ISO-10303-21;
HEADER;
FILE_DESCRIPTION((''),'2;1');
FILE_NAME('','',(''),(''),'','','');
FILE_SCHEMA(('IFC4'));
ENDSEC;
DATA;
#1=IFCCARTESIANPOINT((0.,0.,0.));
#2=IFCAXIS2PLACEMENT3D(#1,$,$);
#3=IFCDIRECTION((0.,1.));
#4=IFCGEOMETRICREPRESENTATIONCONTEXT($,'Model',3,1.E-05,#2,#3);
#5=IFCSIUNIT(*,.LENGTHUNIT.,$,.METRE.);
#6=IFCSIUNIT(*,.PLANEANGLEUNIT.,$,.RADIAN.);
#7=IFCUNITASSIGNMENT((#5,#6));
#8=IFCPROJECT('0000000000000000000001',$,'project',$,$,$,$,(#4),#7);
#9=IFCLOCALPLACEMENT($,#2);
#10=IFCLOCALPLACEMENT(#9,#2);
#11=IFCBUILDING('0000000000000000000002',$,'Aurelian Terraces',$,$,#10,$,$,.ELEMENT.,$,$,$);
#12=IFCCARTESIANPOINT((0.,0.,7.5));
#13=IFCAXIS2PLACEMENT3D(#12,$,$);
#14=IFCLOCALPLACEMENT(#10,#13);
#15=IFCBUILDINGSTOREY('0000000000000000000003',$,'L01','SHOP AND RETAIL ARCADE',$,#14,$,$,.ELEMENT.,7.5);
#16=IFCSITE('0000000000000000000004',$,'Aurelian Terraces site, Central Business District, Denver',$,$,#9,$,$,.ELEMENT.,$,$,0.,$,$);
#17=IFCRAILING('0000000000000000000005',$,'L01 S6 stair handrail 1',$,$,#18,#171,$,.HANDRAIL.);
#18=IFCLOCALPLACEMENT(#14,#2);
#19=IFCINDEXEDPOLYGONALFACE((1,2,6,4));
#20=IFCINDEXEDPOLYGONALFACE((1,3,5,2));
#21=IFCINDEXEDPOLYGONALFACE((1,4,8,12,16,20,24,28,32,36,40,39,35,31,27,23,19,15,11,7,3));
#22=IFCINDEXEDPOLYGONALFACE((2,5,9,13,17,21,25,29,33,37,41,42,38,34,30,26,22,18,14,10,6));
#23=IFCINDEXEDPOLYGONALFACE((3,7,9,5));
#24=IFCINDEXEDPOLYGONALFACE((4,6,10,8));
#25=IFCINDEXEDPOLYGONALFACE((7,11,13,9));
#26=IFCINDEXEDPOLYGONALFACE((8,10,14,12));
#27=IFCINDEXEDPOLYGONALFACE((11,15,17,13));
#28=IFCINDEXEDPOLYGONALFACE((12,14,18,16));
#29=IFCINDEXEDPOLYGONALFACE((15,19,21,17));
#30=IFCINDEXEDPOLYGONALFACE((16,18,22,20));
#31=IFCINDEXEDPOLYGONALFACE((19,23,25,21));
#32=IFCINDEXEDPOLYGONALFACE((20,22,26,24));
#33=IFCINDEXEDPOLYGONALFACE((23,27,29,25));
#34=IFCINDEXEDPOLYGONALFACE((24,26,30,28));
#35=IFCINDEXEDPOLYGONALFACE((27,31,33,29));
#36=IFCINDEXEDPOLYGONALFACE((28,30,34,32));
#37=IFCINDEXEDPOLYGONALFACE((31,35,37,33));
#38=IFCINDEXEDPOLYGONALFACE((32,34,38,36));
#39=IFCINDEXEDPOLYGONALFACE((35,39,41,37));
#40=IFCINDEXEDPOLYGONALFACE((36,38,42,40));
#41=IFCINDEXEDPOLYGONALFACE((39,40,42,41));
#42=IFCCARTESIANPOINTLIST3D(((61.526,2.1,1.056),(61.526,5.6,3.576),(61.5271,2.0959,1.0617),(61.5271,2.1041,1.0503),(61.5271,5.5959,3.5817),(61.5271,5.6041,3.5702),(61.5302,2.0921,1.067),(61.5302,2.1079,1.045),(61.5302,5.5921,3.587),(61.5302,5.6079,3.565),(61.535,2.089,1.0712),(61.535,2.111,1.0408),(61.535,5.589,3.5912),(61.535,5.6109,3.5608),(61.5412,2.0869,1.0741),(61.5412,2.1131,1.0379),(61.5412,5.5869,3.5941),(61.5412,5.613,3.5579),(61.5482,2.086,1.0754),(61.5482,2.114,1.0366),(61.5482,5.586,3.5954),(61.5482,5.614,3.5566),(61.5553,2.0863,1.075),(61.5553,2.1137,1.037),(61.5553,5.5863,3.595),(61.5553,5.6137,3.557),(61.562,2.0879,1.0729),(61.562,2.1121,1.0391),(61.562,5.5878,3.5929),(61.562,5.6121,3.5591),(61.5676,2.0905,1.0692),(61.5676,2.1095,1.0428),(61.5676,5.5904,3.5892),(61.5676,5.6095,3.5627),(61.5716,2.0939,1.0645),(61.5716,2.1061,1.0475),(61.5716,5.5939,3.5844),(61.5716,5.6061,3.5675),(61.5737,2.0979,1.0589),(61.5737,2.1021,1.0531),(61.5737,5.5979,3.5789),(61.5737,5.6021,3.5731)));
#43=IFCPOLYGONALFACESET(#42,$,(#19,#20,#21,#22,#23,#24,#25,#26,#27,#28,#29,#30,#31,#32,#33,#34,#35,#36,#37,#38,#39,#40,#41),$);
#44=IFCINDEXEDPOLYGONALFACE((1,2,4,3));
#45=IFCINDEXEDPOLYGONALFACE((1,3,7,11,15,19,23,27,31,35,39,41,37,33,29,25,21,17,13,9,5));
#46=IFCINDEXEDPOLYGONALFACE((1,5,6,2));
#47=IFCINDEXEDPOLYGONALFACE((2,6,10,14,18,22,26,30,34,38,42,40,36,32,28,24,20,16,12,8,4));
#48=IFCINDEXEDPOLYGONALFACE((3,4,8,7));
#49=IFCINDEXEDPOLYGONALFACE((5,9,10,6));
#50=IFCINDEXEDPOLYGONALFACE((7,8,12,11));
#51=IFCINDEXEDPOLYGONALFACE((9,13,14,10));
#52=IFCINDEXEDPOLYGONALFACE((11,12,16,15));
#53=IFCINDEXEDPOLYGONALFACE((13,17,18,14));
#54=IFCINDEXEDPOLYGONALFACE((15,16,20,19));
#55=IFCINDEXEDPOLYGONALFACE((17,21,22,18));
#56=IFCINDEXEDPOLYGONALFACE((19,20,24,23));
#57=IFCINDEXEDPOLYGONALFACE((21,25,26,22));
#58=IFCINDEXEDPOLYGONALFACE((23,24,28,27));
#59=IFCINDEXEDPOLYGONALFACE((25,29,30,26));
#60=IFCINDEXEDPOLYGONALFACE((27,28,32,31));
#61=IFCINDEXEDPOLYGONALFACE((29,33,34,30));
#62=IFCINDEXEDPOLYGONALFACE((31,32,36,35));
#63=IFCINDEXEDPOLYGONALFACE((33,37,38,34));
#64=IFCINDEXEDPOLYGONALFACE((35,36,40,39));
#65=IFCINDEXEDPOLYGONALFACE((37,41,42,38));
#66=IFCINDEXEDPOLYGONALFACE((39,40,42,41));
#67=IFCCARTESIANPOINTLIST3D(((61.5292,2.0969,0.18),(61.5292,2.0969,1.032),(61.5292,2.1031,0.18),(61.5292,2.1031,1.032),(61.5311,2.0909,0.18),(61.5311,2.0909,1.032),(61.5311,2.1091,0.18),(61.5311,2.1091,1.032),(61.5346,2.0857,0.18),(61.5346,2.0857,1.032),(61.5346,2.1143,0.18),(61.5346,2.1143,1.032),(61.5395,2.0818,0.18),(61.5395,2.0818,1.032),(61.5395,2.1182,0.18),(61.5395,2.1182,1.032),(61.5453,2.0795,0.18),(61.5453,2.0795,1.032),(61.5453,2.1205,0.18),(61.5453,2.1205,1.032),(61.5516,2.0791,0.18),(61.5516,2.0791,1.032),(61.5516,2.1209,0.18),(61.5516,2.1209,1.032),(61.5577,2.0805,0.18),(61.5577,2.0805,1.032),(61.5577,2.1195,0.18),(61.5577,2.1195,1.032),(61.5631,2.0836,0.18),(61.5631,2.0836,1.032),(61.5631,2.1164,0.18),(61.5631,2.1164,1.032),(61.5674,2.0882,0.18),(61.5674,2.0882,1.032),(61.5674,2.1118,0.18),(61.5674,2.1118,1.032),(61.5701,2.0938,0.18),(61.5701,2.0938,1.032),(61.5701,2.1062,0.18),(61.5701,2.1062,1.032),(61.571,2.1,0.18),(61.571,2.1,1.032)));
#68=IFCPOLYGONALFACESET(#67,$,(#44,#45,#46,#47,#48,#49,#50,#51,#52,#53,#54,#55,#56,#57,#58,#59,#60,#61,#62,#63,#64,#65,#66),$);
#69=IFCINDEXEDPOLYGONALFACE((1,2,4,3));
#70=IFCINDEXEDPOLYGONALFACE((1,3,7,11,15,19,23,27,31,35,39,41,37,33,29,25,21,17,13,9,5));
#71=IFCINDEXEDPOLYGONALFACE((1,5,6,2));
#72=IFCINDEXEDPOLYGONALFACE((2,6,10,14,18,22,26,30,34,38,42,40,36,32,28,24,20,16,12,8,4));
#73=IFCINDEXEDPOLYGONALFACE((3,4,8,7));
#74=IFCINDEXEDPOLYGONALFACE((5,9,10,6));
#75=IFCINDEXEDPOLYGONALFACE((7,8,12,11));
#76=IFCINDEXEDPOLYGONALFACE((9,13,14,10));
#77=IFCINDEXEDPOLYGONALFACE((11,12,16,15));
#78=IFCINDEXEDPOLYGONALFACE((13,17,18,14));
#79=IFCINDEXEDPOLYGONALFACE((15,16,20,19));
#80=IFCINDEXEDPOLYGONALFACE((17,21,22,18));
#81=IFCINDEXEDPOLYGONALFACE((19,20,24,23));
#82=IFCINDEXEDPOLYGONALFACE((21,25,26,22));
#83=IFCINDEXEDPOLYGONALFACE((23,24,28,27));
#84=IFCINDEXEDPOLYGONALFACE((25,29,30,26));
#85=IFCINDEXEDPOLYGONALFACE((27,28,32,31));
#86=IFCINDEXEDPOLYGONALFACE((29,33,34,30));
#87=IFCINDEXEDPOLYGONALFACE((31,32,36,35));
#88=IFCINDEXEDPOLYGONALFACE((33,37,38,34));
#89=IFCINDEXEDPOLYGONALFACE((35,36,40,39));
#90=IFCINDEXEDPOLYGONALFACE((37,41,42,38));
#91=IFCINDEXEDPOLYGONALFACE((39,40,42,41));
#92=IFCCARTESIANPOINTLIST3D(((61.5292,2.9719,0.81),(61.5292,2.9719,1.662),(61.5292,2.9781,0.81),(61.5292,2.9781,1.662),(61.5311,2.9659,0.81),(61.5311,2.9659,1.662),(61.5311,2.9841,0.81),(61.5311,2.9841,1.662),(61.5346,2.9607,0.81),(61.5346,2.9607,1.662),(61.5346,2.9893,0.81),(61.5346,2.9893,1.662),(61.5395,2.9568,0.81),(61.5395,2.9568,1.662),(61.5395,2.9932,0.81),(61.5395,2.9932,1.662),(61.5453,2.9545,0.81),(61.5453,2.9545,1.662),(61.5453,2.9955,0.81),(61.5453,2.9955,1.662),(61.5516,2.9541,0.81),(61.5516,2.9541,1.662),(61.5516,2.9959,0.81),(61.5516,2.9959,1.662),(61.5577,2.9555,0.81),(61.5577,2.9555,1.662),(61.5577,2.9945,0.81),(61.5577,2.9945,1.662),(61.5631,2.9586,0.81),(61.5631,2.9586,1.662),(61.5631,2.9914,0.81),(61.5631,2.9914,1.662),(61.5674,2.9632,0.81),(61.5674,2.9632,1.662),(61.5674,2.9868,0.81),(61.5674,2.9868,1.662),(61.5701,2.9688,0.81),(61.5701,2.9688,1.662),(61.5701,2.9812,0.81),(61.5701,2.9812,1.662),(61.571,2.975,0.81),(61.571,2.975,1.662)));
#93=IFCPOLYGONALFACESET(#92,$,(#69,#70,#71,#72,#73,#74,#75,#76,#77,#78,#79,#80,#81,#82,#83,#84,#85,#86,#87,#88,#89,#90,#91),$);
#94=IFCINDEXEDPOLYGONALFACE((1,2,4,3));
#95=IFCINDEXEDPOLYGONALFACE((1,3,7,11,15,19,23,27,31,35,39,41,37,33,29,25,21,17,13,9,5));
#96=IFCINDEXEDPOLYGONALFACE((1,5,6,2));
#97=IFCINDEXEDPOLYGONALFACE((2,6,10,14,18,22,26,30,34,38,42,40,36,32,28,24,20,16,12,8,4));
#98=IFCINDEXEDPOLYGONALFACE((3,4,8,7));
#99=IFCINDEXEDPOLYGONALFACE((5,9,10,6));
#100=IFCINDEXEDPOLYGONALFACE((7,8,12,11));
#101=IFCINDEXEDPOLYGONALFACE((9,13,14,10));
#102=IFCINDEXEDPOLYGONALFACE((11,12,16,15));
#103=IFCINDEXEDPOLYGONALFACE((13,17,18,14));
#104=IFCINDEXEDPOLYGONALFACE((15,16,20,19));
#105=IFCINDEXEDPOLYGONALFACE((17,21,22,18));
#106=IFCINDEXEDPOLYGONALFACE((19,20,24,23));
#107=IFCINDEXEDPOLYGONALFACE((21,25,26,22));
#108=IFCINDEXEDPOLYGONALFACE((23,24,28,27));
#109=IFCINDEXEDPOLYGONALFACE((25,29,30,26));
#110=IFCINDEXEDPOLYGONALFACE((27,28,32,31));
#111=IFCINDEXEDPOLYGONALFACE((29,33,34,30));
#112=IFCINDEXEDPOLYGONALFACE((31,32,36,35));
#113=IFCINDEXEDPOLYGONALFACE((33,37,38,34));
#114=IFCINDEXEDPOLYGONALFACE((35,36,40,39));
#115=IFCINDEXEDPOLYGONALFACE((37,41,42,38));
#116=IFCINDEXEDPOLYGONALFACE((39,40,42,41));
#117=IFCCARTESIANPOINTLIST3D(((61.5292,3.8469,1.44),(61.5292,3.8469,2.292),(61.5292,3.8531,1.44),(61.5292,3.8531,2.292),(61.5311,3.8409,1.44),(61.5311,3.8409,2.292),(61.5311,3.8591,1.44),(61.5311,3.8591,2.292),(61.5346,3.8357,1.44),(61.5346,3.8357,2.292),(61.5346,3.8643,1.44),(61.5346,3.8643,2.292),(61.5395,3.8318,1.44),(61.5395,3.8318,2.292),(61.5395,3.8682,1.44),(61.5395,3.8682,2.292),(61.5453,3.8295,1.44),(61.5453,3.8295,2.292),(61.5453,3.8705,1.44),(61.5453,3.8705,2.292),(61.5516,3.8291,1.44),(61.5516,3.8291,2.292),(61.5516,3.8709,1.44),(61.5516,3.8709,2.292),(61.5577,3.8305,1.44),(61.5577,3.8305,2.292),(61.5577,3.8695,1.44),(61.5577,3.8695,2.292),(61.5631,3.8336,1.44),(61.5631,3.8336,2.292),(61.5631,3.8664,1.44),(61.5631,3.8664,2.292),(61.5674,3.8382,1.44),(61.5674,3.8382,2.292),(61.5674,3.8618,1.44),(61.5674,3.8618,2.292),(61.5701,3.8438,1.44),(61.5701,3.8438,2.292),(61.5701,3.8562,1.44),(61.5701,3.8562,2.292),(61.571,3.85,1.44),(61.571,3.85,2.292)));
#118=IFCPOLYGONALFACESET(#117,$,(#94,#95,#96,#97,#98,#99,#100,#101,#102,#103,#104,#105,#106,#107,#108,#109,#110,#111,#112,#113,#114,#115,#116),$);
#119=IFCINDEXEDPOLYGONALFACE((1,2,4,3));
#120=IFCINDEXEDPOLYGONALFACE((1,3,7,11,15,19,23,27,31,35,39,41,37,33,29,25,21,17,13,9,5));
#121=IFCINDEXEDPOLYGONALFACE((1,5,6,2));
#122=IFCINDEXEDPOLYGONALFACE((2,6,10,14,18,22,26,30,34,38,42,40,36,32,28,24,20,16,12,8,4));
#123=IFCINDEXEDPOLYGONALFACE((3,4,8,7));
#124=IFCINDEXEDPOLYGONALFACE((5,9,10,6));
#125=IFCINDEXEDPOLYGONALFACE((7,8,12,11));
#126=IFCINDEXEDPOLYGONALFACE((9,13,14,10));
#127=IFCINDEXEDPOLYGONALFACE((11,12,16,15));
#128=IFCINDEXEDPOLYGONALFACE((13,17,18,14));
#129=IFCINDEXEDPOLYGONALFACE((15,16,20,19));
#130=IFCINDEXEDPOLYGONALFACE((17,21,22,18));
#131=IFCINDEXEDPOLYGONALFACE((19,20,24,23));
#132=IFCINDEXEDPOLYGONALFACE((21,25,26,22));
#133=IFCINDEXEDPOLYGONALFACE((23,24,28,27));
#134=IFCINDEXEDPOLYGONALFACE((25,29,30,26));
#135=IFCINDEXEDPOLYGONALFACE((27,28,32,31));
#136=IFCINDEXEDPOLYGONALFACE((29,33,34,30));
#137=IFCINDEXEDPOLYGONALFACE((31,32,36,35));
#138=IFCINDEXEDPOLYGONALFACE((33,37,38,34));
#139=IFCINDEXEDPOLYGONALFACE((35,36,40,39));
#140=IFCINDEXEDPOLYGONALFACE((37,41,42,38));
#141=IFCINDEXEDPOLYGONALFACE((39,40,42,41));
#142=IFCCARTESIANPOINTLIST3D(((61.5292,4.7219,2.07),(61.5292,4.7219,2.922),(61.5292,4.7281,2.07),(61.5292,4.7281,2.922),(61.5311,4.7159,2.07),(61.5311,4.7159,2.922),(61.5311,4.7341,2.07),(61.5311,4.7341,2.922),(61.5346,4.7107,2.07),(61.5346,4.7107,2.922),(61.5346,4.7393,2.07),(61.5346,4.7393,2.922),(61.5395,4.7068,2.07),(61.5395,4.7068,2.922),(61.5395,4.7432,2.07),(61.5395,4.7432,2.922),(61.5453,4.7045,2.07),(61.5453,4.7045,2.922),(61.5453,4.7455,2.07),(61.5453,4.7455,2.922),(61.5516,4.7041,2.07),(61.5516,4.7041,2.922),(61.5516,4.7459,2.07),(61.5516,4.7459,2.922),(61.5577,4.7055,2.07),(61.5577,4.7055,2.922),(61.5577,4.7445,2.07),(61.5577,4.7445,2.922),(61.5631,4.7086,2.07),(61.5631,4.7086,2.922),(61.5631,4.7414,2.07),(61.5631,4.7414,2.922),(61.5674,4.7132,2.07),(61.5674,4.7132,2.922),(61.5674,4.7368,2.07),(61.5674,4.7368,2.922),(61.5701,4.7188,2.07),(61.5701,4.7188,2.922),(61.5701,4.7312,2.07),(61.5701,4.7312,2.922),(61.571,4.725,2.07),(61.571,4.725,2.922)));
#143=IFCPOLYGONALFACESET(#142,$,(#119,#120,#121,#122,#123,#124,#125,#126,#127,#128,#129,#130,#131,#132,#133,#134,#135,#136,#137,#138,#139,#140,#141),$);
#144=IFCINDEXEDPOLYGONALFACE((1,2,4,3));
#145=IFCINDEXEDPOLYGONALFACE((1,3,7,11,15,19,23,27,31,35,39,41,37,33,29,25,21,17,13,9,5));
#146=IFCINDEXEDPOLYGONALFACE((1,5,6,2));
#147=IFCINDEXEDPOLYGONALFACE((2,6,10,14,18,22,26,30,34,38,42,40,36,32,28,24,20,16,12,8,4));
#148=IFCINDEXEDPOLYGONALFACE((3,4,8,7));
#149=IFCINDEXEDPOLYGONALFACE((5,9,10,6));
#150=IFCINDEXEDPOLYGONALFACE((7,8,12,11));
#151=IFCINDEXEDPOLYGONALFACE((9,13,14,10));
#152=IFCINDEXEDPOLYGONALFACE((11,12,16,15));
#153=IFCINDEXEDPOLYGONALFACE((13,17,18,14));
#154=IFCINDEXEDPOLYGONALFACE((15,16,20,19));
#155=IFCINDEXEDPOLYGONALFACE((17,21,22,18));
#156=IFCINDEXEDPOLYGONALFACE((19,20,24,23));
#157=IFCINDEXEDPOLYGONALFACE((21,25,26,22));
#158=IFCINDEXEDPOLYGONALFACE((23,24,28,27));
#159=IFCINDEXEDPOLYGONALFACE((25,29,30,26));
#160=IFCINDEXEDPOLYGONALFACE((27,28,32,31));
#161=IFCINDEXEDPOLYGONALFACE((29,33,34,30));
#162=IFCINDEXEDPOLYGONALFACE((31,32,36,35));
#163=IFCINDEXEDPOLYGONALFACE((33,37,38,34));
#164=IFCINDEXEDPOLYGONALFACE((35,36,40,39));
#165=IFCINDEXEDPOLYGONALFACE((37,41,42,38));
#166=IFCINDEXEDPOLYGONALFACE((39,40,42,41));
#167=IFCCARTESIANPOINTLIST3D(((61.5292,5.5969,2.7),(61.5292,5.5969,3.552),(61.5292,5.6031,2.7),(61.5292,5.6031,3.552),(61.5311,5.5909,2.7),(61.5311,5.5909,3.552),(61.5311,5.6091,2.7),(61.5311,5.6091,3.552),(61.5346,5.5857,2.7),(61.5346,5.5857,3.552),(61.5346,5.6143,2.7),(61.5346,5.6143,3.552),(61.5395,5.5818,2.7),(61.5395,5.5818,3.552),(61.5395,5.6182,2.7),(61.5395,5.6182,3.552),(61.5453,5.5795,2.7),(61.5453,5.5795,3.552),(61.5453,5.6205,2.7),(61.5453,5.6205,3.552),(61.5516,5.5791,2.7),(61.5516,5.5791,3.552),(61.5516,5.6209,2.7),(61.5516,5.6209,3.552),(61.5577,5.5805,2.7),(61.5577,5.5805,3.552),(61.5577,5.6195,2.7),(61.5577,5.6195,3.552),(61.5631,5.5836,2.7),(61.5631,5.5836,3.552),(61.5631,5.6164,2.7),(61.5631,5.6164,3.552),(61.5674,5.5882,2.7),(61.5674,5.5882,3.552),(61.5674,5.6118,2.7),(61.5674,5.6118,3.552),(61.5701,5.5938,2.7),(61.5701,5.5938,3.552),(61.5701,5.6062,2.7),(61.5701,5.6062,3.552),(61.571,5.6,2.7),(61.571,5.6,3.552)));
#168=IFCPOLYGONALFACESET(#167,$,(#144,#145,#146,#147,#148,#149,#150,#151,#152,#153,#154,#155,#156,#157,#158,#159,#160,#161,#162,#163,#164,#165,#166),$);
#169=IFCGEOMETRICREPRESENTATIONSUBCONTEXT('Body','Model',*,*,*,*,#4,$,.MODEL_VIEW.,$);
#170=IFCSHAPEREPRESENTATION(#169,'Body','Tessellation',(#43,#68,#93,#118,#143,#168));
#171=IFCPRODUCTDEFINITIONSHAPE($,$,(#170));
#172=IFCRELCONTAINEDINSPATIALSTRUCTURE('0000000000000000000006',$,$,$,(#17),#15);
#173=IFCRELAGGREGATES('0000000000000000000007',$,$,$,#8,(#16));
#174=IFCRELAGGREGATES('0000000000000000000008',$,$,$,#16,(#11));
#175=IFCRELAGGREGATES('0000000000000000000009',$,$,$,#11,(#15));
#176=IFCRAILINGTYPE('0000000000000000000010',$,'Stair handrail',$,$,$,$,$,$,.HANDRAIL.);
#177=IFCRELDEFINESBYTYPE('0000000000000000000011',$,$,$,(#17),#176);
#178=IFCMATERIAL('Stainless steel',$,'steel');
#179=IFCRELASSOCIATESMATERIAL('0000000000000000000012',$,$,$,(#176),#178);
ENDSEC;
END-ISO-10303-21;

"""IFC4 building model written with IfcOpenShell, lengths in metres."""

from ifc_helpers import new_model, si_unit, direction, frame, origin, origin_2d, place, context, subcontext, project, spatial, circle, extrude, source, transform, mapped, material, type_object, element, save


model = new_model("IFC4")

# Units and contexts
model_context = context("Model", 3, precision=1e-05, world=origin(), true_north=direction((0.0, 1.0)))
body_context = subcontext(model_context, "Body", "Model", "MODEL_VIEW")
ifc_project = project(units=[si_unit("LENGTHUNIT", "METRE"), si_unit("PLANEANGLEUNIT", "RADIAN")], contexts=[model_context])

# Site, building, storey
site_placement = place(None, origin())
site = spatial("IfcSite", under=ifc_project, at=site_placement, Name="Aurelian Terraces site, Central Business District, Denver", CompositionType="ELEMENT", RefElevation=0.0)
building_placement = place(site_placement, origin())
building = spatial("IfcBuilding", under=site, at=building_placement, Name="Aurelian Terraces", CompositionType="ELEMENT")
storey_placement = place(building_placement, frame((0.0, 0.0, 7.5)))
storey = spatial("IfcBuildingStorey", under=building, at=storey_placement, Name="L01", Description="SHOP AND RETAIL ARCADE", CompositionType="ELEMENT", Elevation=7.5)

# Railing
ifc_material_1 = material(Name="Stainless steel", Category="steel")
railing_type_1 = type_object("IfcRailingType", Name="Stair handrail", PredefinedType="HANDRAIL", material=ifc_material_1)
shared_shape_1 = source(origin(), body_context, "Body", "SweptSolid", [
    extrude(circle(Radius=0.024, at=origin_2d()), frame((0.0, 0.0, 0.876), z_axis=(0.0, 0.811534, 0.584305), x_axis=(-1.0, 0.0, 0.0)), (0.0, 0.0, 1.0), 4.3128),
    extrude(circle(Radius=0.021, at=origin_2d()), origin(), (0.0, 0.0, 1.0), 0.852),
    extrude(circle(Radius=0.021, at=origin_2d()), frame((0.0, 0.875, 0.63)), (0.0, 0.0, 1.0), 0.852),
    extrude(circle(Radius=0.021, at=origin_2d()), frame((0.0, 1.75, 1.26)), (0.0, 0.0, 1.0), 0.852),
    extrude(circle(Radius=0.021, at=origin_2d()), frame((0.0, 2.625, 1.89)), (0.0, 0.0, 1.0), 0.852),
    extrude(circle(Radius=0.021, at=origin_2d()), frame((0.0, 3.5, 2.52)), (0.0, 0.0, 1.0), 0.852),
])
railing_1_placement = place(storey_placement, frame((61.55, 2.1, 0.18)))
element("IfcRailing", 1, at=railing_1_placement, inside=storey, type_object=railing_type_1, Name="L01 S6 stair handrail 1", PredefinedType="HANDRAIL", context=body_context, shape_type="MappedRepresentation", body=[
    mapped(shared_shape_1, transform((0.0, 0.0, 0.0), scale=1.0)),
])

save(model, "model.ifc")
